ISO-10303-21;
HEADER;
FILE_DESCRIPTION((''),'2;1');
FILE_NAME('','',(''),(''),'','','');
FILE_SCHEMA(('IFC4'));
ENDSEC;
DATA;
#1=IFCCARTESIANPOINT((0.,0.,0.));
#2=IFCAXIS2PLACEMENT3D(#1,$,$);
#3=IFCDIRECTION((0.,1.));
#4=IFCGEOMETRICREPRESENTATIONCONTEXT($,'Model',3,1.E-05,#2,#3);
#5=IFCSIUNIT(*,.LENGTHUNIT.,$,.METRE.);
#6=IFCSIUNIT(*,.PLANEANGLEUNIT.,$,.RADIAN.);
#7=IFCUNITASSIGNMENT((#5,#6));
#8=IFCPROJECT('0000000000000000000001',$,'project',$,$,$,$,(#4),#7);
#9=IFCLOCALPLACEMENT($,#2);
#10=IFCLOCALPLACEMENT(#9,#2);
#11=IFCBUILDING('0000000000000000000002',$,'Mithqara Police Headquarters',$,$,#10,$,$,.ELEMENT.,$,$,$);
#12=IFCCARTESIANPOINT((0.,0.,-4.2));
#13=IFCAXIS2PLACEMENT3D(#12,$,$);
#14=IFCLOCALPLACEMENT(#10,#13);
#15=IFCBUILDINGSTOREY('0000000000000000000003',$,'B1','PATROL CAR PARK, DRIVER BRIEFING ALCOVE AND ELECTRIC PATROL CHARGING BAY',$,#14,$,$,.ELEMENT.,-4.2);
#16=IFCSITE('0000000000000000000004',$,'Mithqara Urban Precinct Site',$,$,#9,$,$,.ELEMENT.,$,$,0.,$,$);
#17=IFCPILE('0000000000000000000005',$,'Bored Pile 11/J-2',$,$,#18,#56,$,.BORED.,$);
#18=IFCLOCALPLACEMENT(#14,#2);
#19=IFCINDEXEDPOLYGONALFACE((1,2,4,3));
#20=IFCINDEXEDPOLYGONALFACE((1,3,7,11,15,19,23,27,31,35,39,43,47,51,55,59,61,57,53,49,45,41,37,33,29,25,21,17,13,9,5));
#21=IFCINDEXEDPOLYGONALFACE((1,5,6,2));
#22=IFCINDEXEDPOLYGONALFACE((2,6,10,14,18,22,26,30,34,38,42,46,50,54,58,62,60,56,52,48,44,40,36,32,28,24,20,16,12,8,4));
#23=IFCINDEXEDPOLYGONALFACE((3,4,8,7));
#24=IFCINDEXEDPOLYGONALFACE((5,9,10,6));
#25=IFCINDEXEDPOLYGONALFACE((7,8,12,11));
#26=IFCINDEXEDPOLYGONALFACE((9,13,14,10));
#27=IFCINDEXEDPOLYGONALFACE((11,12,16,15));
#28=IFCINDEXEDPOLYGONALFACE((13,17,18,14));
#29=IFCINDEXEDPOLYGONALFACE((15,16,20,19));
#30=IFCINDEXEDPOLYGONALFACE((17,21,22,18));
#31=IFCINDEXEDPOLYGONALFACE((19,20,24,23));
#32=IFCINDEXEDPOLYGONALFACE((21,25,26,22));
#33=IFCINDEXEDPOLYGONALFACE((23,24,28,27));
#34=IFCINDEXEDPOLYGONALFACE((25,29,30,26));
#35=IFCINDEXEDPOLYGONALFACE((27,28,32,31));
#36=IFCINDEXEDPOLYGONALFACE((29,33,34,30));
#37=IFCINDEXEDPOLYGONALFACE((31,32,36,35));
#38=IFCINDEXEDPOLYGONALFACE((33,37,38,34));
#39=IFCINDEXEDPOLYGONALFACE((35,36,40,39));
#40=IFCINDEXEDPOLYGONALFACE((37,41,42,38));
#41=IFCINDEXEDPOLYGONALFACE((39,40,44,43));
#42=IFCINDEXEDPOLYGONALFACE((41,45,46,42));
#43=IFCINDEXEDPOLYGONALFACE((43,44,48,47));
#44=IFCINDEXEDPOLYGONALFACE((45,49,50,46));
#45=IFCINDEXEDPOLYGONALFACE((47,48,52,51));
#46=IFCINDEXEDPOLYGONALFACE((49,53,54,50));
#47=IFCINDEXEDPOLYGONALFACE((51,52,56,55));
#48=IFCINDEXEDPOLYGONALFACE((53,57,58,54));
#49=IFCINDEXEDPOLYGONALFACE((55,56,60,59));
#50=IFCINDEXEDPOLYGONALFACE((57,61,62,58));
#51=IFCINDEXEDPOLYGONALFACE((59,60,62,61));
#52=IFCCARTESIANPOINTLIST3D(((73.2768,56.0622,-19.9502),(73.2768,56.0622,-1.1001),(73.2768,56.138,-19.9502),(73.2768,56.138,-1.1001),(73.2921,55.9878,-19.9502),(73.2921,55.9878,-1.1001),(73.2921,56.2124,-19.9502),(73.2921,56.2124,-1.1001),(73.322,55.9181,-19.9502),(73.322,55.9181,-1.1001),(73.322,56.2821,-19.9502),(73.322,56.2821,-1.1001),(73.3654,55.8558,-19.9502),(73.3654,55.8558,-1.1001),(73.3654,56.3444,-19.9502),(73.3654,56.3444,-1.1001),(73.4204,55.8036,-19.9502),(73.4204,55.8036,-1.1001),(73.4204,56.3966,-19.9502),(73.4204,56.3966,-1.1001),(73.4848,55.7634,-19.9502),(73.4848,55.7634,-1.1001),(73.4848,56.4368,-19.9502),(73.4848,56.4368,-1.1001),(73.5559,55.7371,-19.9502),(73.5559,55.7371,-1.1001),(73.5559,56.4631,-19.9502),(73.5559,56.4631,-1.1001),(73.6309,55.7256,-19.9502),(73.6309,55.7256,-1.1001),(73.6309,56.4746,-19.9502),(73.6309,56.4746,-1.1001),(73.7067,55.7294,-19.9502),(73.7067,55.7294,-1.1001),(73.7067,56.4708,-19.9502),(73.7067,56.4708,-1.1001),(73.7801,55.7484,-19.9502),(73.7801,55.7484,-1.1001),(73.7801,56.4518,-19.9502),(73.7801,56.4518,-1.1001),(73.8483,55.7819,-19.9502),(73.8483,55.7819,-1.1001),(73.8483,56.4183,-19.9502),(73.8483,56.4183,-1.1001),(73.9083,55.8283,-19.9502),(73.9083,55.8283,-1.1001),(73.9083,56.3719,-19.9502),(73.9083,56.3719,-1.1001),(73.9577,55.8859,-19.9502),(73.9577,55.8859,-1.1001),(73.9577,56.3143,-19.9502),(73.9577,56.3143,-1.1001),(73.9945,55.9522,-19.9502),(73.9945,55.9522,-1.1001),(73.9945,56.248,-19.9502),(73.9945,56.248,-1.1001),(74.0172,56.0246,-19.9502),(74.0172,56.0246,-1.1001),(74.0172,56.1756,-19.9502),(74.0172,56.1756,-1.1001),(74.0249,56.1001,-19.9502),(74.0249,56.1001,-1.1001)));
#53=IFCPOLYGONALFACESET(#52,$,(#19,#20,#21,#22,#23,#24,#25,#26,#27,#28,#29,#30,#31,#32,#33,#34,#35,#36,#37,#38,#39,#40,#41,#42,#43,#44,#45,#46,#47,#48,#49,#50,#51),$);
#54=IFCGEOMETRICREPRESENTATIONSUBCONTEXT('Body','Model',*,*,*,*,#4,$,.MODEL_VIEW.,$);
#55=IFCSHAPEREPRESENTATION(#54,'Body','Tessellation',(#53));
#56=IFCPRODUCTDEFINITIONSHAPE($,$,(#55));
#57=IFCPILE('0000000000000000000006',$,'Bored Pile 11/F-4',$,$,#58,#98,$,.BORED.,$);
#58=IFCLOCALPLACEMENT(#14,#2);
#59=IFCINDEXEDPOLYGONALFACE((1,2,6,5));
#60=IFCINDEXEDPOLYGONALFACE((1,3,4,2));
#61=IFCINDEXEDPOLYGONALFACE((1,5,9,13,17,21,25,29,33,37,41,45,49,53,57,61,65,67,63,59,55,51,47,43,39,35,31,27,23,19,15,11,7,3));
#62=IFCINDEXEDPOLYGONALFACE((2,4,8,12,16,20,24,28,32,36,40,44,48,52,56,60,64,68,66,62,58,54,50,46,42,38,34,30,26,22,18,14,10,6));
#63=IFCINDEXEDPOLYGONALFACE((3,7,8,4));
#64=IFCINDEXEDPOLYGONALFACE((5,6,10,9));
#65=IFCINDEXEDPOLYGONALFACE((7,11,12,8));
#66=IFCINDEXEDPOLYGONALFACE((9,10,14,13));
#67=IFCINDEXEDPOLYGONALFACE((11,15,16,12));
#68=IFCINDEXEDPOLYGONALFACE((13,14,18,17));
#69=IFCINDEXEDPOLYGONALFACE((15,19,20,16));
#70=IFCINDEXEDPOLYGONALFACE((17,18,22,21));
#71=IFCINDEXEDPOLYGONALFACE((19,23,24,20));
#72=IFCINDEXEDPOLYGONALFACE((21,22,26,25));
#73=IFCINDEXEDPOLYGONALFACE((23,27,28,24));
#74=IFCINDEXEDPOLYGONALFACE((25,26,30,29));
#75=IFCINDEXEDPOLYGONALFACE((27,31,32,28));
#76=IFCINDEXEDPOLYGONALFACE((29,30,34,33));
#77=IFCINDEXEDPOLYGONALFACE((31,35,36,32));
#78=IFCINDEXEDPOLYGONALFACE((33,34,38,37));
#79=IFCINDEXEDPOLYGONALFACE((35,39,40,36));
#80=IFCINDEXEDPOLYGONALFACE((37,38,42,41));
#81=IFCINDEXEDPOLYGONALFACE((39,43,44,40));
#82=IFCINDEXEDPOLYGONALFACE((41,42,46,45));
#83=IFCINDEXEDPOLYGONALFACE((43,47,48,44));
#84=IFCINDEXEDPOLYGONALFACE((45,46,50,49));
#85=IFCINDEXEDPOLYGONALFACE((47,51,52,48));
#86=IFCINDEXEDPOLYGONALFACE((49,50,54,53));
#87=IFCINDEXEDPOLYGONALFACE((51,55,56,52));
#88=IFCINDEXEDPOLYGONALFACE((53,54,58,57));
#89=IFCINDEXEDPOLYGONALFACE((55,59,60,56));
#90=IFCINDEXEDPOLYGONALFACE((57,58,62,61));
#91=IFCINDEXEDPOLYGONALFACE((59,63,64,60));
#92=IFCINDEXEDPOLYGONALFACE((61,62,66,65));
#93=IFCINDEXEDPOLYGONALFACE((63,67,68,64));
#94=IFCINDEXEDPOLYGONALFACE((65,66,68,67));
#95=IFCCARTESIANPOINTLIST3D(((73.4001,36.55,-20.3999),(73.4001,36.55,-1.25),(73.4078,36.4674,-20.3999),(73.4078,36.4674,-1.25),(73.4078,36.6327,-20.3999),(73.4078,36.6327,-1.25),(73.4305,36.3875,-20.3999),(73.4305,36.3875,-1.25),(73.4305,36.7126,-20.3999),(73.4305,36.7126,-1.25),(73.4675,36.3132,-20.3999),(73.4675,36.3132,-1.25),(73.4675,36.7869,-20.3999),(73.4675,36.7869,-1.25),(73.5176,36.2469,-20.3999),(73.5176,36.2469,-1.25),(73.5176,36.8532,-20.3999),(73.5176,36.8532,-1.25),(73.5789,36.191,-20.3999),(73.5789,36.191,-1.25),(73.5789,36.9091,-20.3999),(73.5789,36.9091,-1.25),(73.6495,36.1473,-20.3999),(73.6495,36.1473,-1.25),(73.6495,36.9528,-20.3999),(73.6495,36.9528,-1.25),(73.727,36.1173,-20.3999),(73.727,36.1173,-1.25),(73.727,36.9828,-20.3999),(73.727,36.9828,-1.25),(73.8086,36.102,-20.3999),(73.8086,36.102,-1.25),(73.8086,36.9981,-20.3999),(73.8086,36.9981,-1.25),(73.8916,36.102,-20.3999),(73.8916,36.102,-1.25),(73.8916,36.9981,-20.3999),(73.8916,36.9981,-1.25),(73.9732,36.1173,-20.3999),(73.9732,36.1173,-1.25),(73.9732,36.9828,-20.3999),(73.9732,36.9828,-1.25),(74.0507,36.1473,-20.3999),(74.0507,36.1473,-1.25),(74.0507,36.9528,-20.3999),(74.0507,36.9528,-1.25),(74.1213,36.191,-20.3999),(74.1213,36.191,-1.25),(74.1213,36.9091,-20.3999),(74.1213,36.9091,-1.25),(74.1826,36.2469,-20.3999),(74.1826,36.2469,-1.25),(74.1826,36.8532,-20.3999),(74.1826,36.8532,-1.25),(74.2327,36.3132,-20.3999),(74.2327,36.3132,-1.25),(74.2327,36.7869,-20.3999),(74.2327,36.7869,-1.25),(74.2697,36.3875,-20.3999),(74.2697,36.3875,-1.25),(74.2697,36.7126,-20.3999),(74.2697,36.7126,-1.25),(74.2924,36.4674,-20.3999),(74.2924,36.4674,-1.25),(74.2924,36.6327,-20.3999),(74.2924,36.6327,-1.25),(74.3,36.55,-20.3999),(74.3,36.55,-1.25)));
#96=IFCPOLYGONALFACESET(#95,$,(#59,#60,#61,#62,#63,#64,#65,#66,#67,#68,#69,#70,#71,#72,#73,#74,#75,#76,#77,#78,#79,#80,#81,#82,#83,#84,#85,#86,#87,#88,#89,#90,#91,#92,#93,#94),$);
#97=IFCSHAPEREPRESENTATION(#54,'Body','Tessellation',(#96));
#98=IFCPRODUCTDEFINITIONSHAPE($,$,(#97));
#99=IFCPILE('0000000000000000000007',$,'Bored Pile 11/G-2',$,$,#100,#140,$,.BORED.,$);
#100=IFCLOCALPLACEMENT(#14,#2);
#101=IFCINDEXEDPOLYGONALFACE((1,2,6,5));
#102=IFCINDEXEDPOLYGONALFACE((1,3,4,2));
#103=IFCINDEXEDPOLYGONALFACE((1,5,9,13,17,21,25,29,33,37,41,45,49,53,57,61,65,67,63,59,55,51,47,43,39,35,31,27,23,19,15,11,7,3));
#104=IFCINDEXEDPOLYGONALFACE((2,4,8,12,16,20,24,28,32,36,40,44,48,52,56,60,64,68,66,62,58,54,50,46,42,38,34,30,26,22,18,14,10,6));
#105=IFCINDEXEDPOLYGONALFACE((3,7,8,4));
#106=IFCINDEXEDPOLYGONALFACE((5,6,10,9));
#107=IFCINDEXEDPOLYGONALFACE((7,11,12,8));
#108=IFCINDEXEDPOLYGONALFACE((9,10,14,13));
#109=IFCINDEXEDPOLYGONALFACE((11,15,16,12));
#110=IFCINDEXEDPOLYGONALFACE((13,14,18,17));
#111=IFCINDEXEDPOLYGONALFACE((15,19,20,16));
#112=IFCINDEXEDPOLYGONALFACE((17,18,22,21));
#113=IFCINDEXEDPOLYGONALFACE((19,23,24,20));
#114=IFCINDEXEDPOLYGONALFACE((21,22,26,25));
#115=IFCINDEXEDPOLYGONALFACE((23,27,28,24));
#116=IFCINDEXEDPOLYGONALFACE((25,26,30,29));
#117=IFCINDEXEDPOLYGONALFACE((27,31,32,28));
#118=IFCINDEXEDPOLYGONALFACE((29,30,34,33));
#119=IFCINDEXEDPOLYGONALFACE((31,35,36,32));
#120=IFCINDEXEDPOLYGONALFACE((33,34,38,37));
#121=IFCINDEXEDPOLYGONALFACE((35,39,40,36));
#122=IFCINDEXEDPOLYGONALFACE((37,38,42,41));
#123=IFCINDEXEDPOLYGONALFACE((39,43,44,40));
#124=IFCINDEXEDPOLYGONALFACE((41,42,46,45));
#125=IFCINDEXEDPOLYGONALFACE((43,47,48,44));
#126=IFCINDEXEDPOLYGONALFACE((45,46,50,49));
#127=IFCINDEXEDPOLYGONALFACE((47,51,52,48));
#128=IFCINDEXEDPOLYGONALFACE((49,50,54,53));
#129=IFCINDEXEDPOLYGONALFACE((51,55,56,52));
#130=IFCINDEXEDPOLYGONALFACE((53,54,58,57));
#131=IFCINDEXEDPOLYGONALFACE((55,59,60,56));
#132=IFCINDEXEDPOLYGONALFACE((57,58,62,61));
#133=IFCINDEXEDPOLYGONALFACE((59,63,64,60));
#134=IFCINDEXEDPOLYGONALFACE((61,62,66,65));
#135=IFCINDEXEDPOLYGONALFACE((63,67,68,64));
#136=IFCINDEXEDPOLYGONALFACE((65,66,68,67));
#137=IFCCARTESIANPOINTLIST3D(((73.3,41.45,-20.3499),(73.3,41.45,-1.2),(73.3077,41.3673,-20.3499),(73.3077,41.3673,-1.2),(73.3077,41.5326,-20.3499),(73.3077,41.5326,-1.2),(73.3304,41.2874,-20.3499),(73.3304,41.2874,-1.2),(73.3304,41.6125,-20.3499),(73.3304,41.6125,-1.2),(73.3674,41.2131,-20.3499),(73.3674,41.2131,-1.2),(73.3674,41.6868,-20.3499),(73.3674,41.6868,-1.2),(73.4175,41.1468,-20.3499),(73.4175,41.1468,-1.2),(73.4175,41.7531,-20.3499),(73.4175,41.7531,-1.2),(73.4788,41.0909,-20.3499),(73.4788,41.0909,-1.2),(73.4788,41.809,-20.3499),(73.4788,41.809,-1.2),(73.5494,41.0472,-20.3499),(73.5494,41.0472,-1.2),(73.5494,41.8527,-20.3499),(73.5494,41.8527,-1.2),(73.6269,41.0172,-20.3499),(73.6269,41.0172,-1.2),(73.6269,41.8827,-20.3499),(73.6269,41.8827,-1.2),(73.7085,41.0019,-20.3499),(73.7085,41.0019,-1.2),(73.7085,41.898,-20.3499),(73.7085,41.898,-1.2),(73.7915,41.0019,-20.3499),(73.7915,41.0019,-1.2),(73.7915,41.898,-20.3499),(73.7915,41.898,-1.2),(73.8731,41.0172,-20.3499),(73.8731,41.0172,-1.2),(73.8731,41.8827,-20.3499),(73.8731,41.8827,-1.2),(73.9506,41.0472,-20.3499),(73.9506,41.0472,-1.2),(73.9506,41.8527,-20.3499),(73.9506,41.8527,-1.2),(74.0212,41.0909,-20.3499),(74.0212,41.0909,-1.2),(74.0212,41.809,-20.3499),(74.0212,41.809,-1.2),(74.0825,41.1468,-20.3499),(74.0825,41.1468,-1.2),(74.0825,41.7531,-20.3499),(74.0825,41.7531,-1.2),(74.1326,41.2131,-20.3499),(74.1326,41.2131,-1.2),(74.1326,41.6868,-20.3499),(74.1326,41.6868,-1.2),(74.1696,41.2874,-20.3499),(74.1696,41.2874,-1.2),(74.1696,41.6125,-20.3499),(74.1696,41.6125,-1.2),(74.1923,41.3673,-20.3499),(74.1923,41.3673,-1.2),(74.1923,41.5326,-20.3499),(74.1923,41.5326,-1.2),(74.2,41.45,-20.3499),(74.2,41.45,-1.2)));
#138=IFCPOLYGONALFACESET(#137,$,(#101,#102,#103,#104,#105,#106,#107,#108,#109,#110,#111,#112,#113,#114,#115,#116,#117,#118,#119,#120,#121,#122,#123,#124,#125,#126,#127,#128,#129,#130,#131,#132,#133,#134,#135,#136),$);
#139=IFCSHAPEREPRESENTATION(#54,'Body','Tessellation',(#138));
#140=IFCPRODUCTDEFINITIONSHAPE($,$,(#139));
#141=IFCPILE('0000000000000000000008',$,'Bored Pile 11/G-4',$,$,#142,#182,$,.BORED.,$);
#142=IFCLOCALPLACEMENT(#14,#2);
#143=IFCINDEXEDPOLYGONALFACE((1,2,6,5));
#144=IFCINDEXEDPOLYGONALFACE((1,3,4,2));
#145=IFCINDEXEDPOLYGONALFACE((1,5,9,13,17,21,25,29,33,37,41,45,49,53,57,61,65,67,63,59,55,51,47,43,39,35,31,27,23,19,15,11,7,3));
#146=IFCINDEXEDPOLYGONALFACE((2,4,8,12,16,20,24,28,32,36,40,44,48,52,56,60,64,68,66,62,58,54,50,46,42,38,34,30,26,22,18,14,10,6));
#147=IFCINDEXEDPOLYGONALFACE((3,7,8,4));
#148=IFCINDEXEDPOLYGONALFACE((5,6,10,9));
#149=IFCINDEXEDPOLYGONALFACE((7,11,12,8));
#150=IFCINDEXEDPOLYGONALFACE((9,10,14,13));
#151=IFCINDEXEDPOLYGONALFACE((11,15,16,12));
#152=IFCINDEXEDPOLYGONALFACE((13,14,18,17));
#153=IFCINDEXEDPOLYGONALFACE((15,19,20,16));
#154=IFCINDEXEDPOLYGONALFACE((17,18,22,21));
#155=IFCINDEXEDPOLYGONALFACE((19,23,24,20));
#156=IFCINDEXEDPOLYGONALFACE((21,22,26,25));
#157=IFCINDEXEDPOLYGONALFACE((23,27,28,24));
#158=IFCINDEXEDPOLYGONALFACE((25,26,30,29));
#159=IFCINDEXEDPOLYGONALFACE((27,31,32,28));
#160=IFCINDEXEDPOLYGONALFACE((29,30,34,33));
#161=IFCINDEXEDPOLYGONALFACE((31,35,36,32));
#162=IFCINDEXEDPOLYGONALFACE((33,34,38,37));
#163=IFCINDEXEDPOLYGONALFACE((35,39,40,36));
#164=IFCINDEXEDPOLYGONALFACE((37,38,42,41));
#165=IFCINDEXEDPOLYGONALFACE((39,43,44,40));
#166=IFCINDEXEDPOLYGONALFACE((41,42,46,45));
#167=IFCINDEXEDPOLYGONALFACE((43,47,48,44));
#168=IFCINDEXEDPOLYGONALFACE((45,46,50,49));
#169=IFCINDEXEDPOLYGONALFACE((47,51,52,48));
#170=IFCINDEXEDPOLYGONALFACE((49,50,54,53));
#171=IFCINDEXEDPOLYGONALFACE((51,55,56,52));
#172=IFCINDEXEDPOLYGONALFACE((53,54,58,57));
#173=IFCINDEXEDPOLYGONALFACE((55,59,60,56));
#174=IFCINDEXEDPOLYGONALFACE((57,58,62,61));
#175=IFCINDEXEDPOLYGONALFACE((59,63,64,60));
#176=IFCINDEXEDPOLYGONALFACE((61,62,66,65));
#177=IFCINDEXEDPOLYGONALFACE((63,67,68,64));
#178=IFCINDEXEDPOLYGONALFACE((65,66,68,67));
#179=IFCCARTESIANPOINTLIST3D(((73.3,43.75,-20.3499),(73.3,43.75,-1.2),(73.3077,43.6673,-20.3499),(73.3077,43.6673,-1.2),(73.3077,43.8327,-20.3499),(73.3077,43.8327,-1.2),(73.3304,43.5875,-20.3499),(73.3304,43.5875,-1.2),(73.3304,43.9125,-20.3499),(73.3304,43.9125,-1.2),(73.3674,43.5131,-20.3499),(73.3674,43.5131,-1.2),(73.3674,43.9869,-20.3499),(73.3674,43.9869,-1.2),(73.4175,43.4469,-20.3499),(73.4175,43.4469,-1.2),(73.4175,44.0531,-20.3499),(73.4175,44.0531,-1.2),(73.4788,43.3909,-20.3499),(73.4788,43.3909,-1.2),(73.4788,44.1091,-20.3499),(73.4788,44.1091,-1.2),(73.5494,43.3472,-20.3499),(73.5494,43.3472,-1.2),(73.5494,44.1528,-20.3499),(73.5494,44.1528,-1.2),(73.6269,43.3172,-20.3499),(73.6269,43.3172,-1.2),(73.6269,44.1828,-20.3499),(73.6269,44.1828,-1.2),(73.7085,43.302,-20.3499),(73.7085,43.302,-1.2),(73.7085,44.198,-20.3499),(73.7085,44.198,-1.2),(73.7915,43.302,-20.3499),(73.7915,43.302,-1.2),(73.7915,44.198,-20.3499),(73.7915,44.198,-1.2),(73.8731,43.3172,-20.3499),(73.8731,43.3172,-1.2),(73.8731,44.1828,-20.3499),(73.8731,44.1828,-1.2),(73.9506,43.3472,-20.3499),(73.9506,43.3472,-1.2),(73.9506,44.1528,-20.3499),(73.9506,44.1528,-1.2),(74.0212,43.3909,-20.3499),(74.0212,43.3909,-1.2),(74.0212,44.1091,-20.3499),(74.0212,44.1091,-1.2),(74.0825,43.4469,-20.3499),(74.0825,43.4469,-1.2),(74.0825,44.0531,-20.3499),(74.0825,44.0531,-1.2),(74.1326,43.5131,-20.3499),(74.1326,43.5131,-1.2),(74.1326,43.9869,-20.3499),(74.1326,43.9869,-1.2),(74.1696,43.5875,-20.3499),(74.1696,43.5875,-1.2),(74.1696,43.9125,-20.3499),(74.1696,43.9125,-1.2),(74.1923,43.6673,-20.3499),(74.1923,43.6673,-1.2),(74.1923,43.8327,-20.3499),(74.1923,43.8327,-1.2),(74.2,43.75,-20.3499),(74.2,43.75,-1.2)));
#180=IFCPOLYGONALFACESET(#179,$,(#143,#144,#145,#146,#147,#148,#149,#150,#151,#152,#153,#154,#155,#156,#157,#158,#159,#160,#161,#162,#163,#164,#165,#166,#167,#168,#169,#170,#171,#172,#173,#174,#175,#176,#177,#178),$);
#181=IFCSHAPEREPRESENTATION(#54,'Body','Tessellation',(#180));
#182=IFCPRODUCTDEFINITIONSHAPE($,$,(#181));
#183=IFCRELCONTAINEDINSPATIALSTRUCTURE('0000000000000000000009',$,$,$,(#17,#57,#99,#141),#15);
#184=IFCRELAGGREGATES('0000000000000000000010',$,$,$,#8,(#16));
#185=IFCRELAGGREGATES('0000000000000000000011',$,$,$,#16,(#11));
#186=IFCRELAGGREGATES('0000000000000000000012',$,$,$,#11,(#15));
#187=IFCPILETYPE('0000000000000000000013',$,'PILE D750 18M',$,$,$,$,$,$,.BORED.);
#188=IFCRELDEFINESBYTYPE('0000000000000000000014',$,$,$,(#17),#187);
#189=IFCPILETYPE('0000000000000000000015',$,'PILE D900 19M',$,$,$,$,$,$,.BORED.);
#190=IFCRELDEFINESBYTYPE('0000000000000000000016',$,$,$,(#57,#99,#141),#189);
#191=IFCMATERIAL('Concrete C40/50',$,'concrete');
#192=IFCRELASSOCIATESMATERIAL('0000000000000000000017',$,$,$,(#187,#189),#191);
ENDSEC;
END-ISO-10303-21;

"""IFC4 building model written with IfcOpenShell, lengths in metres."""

from ifc_helpers import new_model, si_unit, direction, frame, origin, origin_2d, place, context, subcontext, project, spatial, circle, extrude, material, material_profile, profile_set, type_object, element, save


model = new_model("IFC4")

# Units and contexts
model_context = context("Model", 3, precision=1e-05, world=origin(), true_north=direction((0.0, 1.0)))
body_context = subcontext(model_context, "Body", "Model", "MODEL_VIEW")
ifc_project = project(units=[si_unit("LENGTHUNIT", "METRE"), si_unit("PLANEANGLEUNIT", "RADIAN")], contexts=[model_context])

# Site, building, storey
site_placement = place(None, origin())
site = spatial("IfcSite", under=ifc_project, at=site_placement, Name="Mithqara Urban Precinct Site", CompositionType="ELEMENT", RefElevation=0.0)
building_placement = place(site_placement, origin())
building = spatial("IfcBuilding", under=site, at=building_placement, Name="Mithqara Police Headquarters", CompositionType="ELEMENT")
storey_placement = place(building_placement, frame((0.0, 0.0, -4.2)))
storey = spatial("IfcBuildingStorey", under=building, at=storey_placement, Name="B1", Description="PATROL CAR PARK, DRIVER BRIEFING ALCOVE AND ELECTRIC PATROL CHARGING BAY", CompositionType="ELEMENT", Elevation=-4.2)

# Shared definitions
ifc_material_1 = material(Name="Concrete C40/50", Category="concrete")

# Piles
ifc_material_profile_1 = material_profile(ifc_material_1, circle(Radius=0.375, at=origin_2d()), Name="PILE D750")
ifc_profile_set_1 = profile_set([ifc_material_profile_1], Name="Concrete C40/50")
pile_type_1 = type_object("IfcPileType", Name="PILE D750 18M", PredefinedType="BORED", material=ifc_profile_set_1)
for number, where, z_axis, x_axis, name in (
    (1, (73.6499, 56.1001, -1.1001), (0.0, 0.0, -1.0), (1.0, 0.0, 0.0), "Bored Pile 11/J-2"),
):
    element("IfcPile", number, at=place(storey_placement, frame(where, z_axis=z_axis, x_axis=x_axis)), inside=storey, type_object=pile_type_1, Name=name, PredefinedType="BORED", context=body_context, shape_type="SweptSolid", body=[
        extrude(circle(Radius=0.375, at=origin_2d()), origin(), (0.0, 0.0, 1.0), 18.8501),
    ])
ifc_material_profile_2 = material_profile(ifc_material_1, circle(Radius=0.45, at=origin_2d()), Name="PILE D900")
ifc_profile_set_2 = profile_set([ifc_material_profile_2], Name="Concrete C40/50")
pile_type_2 = type_object("IfcPileType", Name="PILE D900 19M", PredefinedType="BORED", material=ifc_profile_set_2)
for number, where, z_axis, x_axis, name in (
    (2, (73.8501, 36.55, -1.25), (0.0, 0.0, -1.0), (1.0, 0.0, 0.0), "Bored Pile 11/F-4"),
    (3, (73.75, 41.45, -1.2), (0.0, 0.0, -1.0), (1.0, 0.0, 0.0), "Bored Pile 11/G-2"),
    (4, (73.75, 43.75, -1.2), (0.0, 0.0, -1.0), (1.0, 0.0, 0.0), "Bored Pile 11/G-4"),
):
    element("IfcPile", number, at=place(storey_placement, frame(where, z_axis=z_axis, x_axis=x_axis)), inside=storey, type_object=pile_type_2, Name=name, PredefinedType="BORED", context=body_context, shape_type="SweptSolid", body=[
        extrude(circle(Radius=0.45, at=origin_2d()), origin(), (0.0, 0.0, 1.0), 19.1499),
    ])

save(model, "model.ifc")
